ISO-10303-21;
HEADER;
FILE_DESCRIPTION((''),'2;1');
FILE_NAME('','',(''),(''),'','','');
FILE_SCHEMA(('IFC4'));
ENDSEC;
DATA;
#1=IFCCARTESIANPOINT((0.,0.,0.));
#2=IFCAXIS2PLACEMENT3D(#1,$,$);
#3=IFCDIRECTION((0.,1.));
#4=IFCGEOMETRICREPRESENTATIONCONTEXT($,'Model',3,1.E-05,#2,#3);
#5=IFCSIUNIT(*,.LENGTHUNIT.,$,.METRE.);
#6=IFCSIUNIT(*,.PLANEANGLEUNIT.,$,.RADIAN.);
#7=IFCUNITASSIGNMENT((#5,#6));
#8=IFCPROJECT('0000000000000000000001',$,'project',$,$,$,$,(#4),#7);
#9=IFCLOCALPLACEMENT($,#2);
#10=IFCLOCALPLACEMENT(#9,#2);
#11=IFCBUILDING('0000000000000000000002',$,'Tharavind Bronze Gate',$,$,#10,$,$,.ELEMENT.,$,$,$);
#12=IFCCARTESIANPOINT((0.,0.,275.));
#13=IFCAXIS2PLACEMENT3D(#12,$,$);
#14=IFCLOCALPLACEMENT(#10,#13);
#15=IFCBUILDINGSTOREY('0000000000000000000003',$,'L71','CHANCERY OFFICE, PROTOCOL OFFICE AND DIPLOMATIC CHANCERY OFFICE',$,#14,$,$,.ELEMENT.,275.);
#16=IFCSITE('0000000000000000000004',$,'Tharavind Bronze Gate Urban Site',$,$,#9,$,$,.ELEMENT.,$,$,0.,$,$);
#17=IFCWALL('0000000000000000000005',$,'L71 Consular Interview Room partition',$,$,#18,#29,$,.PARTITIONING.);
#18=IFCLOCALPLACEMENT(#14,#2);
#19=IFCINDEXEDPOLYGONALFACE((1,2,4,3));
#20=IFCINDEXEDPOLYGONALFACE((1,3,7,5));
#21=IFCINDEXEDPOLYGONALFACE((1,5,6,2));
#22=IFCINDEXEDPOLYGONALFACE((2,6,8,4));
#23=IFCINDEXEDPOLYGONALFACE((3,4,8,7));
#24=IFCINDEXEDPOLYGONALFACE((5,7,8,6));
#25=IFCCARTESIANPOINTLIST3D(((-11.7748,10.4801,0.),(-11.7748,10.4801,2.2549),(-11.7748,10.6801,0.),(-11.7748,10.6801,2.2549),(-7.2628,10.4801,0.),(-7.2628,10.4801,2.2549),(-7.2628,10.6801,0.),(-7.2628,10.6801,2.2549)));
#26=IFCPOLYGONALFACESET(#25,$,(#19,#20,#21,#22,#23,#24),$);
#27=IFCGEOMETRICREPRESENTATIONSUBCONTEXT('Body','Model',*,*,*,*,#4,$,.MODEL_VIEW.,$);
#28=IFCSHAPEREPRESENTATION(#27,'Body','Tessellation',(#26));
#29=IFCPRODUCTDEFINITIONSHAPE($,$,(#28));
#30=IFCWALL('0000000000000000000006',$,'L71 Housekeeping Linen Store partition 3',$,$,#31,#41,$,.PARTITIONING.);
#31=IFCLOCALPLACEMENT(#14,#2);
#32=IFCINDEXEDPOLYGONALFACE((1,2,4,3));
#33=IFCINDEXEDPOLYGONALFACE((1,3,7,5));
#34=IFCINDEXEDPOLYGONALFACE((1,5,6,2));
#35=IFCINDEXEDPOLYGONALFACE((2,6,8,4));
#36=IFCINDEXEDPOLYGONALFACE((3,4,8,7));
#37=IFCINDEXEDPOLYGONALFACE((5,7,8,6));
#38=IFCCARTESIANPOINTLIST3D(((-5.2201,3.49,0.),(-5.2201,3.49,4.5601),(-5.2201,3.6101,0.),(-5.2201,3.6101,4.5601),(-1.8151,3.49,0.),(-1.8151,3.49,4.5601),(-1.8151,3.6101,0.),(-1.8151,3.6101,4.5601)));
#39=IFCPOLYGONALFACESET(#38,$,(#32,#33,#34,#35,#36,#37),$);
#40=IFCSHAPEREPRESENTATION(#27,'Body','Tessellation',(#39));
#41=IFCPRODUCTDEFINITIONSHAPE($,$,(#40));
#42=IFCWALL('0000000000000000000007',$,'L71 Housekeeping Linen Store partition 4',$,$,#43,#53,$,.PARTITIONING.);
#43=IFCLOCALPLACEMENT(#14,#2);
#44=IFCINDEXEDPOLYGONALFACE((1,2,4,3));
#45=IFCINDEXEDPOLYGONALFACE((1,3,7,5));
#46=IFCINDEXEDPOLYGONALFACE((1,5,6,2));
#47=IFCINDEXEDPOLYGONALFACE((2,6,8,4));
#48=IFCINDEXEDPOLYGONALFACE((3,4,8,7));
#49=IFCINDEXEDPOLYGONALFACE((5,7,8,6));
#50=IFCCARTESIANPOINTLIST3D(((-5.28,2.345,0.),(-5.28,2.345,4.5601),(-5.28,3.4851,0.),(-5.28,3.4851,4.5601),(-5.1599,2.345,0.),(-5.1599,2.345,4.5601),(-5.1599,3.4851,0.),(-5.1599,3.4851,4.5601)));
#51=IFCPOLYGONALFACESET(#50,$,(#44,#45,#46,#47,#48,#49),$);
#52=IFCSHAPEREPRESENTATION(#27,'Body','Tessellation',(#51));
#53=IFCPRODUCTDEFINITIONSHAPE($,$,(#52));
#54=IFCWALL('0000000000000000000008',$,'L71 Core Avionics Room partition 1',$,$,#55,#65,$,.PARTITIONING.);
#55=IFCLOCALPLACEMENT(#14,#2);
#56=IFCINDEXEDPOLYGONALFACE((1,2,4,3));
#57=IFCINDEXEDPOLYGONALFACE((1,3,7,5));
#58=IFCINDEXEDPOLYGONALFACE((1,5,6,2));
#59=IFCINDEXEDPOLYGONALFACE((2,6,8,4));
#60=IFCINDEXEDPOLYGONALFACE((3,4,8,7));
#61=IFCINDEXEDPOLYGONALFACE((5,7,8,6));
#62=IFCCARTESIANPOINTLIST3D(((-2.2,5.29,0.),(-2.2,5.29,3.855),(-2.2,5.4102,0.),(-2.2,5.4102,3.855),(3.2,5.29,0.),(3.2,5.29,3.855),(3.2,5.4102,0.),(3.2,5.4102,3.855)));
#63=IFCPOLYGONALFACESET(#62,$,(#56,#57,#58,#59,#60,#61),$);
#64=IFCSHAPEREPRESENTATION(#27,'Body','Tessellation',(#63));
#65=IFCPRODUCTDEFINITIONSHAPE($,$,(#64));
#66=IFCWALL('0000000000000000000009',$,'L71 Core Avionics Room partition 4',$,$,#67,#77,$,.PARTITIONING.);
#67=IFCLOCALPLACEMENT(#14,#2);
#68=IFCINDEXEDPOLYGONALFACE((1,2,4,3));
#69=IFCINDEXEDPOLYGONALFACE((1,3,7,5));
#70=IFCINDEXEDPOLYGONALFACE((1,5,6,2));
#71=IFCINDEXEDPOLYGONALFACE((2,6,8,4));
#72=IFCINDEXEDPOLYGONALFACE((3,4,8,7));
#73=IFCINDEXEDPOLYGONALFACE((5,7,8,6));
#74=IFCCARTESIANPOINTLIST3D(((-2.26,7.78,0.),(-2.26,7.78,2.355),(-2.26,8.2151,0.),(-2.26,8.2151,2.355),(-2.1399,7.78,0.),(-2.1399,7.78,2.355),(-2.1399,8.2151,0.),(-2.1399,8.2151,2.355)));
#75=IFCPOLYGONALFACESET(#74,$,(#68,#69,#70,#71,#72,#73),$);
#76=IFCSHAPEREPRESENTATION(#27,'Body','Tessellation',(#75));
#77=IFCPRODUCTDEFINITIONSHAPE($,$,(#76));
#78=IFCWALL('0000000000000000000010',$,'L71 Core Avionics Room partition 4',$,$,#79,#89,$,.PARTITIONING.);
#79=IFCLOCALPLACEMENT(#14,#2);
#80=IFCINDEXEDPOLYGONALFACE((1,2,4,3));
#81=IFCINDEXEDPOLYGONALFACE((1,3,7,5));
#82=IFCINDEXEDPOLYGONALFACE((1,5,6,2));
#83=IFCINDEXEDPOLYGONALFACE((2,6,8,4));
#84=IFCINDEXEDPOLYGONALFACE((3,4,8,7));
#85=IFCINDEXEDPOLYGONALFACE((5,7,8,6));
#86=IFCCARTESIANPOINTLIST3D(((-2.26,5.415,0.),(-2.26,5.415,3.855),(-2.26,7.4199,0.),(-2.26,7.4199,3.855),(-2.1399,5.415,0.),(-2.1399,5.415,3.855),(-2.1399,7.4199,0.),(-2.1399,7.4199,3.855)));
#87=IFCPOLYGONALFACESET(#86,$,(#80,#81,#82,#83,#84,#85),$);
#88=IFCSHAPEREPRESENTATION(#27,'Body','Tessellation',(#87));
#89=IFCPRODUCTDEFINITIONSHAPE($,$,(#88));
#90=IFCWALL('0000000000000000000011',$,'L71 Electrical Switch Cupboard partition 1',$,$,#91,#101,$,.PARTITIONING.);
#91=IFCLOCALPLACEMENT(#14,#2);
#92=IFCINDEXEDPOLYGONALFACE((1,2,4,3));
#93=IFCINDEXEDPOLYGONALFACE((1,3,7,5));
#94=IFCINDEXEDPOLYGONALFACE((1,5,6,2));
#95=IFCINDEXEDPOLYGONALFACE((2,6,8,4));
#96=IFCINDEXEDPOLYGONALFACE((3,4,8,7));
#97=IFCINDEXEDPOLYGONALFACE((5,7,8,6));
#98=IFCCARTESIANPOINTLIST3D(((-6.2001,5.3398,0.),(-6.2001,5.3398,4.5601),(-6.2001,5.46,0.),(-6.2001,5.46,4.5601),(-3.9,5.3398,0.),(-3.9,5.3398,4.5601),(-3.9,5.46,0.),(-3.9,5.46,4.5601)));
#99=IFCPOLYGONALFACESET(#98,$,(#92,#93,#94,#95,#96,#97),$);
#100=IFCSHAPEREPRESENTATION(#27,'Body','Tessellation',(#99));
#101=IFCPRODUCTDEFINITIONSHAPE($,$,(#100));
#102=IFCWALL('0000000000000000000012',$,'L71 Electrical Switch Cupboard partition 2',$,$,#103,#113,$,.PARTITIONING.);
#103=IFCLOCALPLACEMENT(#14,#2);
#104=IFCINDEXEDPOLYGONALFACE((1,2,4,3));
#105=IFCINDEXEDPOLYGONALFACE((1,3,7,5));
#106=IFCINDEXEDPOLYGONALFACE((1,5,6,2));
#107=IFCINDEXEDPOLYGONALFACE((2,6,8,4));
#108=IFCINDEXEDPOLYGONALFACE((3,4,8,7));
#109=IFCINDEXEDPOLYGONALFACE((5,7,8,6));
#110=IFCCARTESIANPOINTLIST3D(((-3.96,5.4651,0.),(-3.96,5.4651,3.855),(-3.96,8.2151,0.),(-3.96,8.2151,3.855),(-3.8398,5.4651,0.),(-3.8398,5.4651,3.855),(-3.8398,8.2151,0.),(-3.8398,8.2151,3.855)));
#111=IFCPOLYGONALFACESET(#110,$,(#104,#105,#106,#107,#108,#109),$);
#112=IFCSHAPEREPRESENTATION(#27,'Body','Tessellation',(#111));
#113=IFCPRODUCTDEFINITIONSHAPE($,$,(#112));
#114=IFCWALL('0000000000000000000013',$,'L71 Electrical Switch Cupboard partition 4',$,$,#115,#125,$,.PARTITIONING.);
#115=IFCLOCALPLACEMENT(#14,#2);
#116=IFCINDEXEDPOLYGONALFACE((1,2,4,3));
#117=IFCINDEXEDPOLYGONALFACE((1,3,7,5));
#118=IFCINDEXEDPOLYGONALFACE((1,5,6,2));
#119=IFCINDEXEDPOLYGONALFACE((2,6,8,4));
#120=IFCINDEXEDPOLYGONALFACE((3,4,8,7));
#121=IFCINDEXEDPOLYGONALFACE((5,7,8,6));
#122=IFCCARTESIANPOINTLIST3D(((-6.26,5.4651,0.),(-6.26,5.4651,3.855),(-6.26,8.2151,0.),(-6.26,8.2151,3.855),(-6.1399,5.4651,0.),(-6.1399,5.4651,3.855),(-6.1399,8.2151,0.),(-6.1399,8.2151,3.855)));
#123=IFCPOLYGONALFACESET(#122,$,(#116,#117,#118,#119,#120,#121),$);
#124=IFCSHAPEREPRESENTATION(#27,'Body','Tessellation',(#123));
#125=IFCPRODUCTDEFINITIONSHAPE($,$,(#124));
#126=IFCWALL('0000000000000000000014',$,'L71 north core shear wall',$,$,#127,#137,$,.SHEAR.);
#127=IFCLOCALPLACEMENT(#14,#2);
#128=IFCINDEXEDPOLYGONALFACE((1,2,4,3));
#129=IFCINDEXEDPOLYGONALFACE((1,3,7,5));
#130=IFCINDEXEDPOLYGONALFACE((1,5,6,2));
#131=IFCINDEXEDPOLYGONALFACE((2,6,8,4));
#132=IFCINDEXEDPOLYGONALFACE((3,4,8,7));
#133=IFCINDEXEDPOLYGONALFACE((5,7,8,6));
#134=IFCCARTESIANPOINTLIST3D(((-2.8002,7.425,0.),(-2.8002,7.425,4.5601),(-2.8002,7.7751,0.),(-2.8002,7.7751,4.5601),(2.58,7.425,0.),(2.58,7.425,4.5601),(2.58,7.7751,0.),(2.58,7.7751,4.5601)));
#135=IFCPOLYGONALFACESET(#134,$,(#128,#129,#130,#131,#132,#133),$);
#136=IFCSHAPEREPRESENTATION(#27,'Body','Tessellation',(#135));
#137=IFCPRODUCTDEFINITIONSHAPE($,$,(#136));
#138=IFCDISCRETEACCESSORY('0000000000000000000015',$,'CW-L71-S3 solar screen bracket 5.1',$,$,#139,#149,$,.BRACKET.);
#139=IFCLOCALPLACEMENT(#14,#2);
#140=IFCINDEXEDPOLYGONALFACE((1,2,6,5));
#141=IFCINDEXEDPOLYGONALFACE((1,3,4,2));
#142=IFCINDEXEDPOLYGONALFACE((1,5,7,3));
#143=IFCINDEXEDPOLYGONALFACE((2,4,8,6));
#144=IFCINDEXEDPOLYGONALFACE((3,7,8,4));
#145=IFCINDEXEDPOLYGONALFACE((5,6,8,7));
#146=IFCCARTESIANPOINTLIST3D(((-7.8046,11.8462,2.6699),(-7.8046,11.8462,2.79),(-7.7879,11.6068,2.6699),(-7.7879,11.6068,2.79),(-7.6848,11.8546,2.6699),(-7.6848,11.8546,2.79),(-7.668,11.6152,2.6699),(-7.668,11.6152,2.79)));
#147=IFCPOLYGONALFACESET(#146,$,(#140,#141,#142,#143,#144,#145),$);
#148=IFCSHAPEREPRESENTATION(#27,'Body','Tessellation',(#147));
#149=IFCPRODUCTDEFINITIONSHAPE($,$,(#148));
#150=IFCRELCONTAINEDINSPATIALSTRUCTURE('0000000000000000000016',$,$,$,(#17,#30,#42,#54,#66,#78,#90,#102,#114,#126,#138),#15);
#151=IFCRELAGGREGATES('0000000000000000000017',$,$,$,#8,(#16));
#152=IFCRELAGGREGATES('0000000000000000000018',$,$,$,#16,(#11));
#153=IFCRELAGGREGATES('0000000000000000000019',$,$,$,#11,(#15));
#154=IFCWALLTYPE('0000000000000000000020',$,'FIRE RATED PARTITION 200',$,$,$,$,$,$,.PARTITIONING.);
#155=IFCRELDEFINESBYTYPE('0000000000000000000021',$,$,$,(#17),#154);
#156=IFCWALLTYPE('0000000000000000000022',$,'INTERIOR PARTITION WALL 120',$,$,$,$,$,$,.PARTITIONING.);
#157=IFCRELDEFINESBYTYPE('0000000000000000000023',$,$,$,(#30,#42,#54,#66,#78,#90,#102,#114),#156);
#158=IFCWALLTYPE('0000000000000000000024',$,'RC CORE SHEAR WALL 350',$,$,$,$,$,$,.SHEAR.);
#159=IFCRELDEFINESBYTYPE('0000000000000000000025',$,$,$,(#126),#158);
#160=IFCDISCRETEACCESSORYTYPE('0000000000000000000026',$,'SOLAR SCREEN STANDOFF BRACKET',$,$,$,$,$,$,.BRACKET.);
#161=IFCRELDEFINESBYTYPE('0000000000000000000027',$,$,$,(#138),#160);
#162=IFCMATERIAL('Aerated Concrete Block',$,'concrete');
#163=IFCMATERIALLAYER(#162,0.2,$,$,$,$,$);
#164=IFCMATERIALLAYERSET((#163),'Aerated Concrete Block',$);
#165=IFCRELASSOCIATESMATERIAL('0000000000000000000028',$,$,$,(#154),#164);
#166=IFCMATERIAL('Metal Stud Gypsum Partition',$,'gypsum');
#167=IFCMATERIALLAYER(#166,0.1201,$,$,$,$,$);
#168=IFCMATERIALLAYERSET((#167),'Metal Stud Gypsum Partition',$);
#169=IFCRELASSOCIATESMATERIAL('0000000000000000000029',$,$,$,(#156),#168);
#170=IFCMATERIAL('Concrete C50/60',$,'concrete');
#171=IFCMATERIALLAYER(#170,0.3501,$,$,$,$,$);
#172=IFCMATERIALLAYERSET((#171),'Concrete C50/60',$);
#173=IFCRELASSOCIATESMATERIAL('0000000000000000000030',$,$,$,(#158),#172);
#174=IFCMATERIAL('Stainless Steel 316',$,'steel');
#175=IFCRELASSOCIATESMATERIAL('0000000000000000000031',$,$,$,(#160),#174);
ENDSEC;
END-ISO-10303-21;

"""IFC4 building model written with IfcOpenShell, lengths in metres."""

from ifc_helpers import new_model, si_unit, direction, frame, frame_2d, origin, origin_2d, place, context, subcontext, project, spatial, rectangle, extrude, material, layer, layer_set, type_object, element, save


model = new_model("IFC4")

# Units and contexts
model_context = context("Model", 3, precision=1e-05, world=origin(), true_north=direction((0.0, 1.0)))
body_context = subcontext(model_context, "Body", "Model", "MODEL_VIEW")
ifc_project = project(units=[si_unit("LENGTHUNIT", "METRE"), si_unit("PLANEANGLEUNIT", "RADIAN")], contexts=[model_context])

# Site, building, storey
site_placement = place(None, origin())
site = spatial("IfcSite", under=ifc_project, at=site_placement, Name="Tharavind Bronze Gate Urban Site", CompositionType="ELEMENT", RefElevation=0.0)
building_placement = place(site_placement, origin())
building = spatial("IfcBuilding", under=site, at=building_placement, Name="Tharavind Bronze Gate", CompositionType="ELEMENT")
storey_placement = place(building_placement, frame((0.0, 0.0, 275.0)))
storey = spatial("IfcBuildingStorey", under=building, at=storey_placement, Name="L71", Description="CHANCERY OFFICE, PROTOCOL OFFICE AND DIPLOMATIC CHANCERY OFFICE", CompositionType="ELEMENT", Elevation=275.0)

# Walls
ifc_material_1 = material(Name="Aerated Concrete Block", Category="concrete")
ifc_layer_1 = layer(ifc_material_1, 0.2)
ifc_layer_set_1 = layer_set([ifc_layer_1], Name="Aerated Concrete Block")
wall_type_1 = type_object("IfcWallType", Name="FIRE RATED PARTITION 200", PredefinedType="PARTITIONING", material=ifc_layer_set_1)
wall_1_placement = place(storey_placement, frame((-7.2629, 10.5801, 0.0), z_axis=(0.0, 0.0, 1.0), x_axis=(-1.0, 0.0, 0.0)))
element("IfcWall", 1, at=wall_1_placement, inside=storey, type_object=wall_type_1, Name="L71 Consular Interview Room partition", PredefinedType="PARTITIONING", context=body_context, shape_type="SweptSolid", body=[
    extrude(rectangle(XDim=4.512, YDim=0.2, at=frame_2d((2.2559, 0.0))), origin(), (0.0, 0.0, 1.0), 2.2549),
])
ifc_material_2 = material(Name="Metal Stud Gypsum Partition", Category="gypsum")
ifc_layer_2 = layer(ifc_material_2, 0.1201)
ifc_layer_set_2 = layer_set([ifc_layer_2], Name="Metal Stud Gypsum Partition")
wall_type_2 = type_object("IfcWallType", Name="INTERIOR PARTITION WALL 120", PredefinedType="PARTITIONING", material=ifc_layer_set_2)
wall_2_placement = place(storey_placement, frame((-1.8149, 3.55, 0.0), z_axis=(0.0, 0.0, 1.0), x_axis=(-1.0, 0.0, 0.0)))
element("IfcWall", 2, at=wall_2_placement, inside=storey, type_object=wall_type_2, Name="L71 Housekeeping Linen Store partition 3", PredefinedType="PARTITIONING", context=body_context, shape_type="SweptSolid", body=[
    extrude(rectangle(XDim=3.405, YDim=0.1201, at=frame_2d((1.7026, 0.0))), origin(), (0.0, 0.0, 1.0), 4.5601),
])
wall_3_placement = place(storey_placement, frame((-5.22, 3.4851, 0.0), z_axis=(0.0, 0.0, 1.0), x_axis=(0.0, -1.0, 0.0)))
element("IfcWall", 3, at=wall_3_placement, inside=storey, type_object=wall_type_2, Name="L71 Housekeeping Linen Store partition 4", PredefinedType="PARTITIONING", context=body_context, shape_type="SweptSolid", body=[
    extrude(rectangle(XDim=1.1401, YDim=0.1201, at=frame_2d((0.5701, 0.0))), origin(), (0.0, 0.0, 1.0), 4.5601),
])
wall_4_placement = place(storey_placement, frame((-2.2, 5.3501, 0.0), z_axis=(0.0, 0.0, 1.0), x_axis=(1.0, 0.0, 0.0)))
element("IfcWall", 4, at=wall_4_placement, inside=storey, type_object=wall_type_2, Name="L71 Core Avionics Room partition 1", PredefinedType="PARTITIONING", context=body_context, shape_type="SweptSolid", body=[
    extrude(rectangle(XDim=5.3999, YDim=0.1201, at=frame_2d((2.7, 0.0))), origin(), (0.0, 0.0, 1.0), 3.855),
])
wall_5_placement = place(storey_placement, frame((-2.2, 8.2151, 0.0), z_axis=(0.0, 0.0, 1.0), x_axis=(0.0, -1.0, 0.0)))
element("IfcWall", 5, at=wall_5_placement, inside=storey, type_object=wall_type_2, Name="L71 Core Avionics Room partition 4", PredefinedType="PARTITIONING", context=body_context, shape_type="SweptSolid", body=[
    extrude(rectangle(XDim=0.4351, YDim=0.1201, at=frame_2d((0.2175, 0.0))), origin(), (0.0, 0.0, 1.0), 2.355),
])
wall_6_placement = place(storey_placement, frame((-2.2, 7.4199, 0.0), z_axis=(0.0, 0.0, 1.0), x_axis=(0.0, -1.0, 0.0)))
element("IfcWall", 6, at=wall_6_placement, inside=storey, type_object=wall_type_2, Name="L71 Core Avionics Room partition 4", PredefinedType="PARTITIONING", context=body_context, shape_type="SweptSolid", body=[
    extrude(rectangle(XDim=2.0049, YDim=0.1201, at=frame_2d((1.0024, 0.0))), origin(), (0.0, 0.0, 1.0), 3.855),
])
wall_7_placement = place(storey_placement, frame((-6.2, 5.3999, 0.0), z_axis=(0.0, 0.0, 1.0), x_axis=(1.0, 0.0, 0.0)))
element("IfcWall", 7, at=wall_7_placement, inside=storey, type_object=wall_type_2, Name="L71 Electrical Switch Cupboard partition 1", PredefinedType="PARTITIONING", context=body_context, shape_type="SweptSolid", body=[
    extrude(rectangle(XDim=2.3, YDim=0.1201, at=frame_2d((1.1499, 0.0))), origin(), (0.0, 0.0, 1.0), 4.5601),
])
for number, where, z_axis, x_axis, name in (
    (8, (-3.8999, 5.4651, 0.0), (0.0, 0.0, 1.0), (0.0, 1.0, 0.0), "L71 Electrical Switch Cupboard partition 2"),
    (9, (-6.2, 8.2151, 0.0), (0.0, 0.0, 1.0), (0.0, -1.0, 0.0), "L71 Electrical Switch Cupboard partition 4"),
):
    element("IfcWall", number, at=place(storey_placement, frame(where, z_axis=z_axis, x_axis=x_axis)), inside=storey, type_object=wall_type_2, Name=name, PredefinedType="PARTITIONING", context=body_context, shape_type="SweptSolid", body=[
        extrude(rectangle(XDim=2.75, YDim=0.1201, at=frame_2d((1.375, 0.0))), origin(), (0.0, 0.0, 1.0), 3.855),
    ])
ifc_material_3 = material(Name="Concrete C50/60", Category="concrete")
ifc_layer_3 = layer(ifc_material_3, 0.3501)
ifc_layer_set_3 = layer_set([ifc_layer_3], Name="Concrete C50/60")
wall_type_3 = type_object("IfcWallType", Name="RC CORE SHEAR WALL 350", PredefinedType="SHEAR", material=ifc_layer_set_3)
wall_8_placement = place(storey_placement, frame((-2.8, 7.6001, 0.0), z_axis=(0.0, 0.0, 1.0), x_axis=(1.0, 0.0, 0.0)))
element("IfcWall", 10, at=wall_8_placement, inside=storey, type_object=wall_type_3, Name="L71 north core shear wall", PredefinedType="SHEAR", context=body_context, shape_type="SweptSolid", body=[
    extrude(rectangle(XDim=5.3801, YDim=0.3501, at=frame_2d((2.6899, 0.0))), origin(), (0.0, 0.0, 1.0), 4.5601),
])

# Discrete accessory
ifc_material_4 = material(Name="Stainless Steel 316", Category="steel")
discrete_accessory_type = type_object("IfcDiscreteAccessoryType", Name="SOLAR SCREEN STANDOFF BRACKET", PredefinedType="BRACKET", material=ifc_material_4)
discrete_accessory_placement = place(storey_placement, frame((-7.7363, 11.7307, 2.6699), z_axis=(0.0, 0.0, 1.0), x_axis=(-0.997564, -0.06976, 0.0)))
element("IfcDiscreteAccessory", 11, at=discrete_accessory_placement, inside=storey, type_object=discrete_accessory_type, Name="CW-L71-S3 solar screen bracket 5.1", PredefinedType="BRACKET", context=body_context, shape_type="SweptSolid", body=[
    extrude(rectangle(XDim=0.1201, YDim=0.24, at=origin_2d()), origin(), (0.0, 0.0, 1.0), 0.1201),
])

save(model, "model.ifc")
